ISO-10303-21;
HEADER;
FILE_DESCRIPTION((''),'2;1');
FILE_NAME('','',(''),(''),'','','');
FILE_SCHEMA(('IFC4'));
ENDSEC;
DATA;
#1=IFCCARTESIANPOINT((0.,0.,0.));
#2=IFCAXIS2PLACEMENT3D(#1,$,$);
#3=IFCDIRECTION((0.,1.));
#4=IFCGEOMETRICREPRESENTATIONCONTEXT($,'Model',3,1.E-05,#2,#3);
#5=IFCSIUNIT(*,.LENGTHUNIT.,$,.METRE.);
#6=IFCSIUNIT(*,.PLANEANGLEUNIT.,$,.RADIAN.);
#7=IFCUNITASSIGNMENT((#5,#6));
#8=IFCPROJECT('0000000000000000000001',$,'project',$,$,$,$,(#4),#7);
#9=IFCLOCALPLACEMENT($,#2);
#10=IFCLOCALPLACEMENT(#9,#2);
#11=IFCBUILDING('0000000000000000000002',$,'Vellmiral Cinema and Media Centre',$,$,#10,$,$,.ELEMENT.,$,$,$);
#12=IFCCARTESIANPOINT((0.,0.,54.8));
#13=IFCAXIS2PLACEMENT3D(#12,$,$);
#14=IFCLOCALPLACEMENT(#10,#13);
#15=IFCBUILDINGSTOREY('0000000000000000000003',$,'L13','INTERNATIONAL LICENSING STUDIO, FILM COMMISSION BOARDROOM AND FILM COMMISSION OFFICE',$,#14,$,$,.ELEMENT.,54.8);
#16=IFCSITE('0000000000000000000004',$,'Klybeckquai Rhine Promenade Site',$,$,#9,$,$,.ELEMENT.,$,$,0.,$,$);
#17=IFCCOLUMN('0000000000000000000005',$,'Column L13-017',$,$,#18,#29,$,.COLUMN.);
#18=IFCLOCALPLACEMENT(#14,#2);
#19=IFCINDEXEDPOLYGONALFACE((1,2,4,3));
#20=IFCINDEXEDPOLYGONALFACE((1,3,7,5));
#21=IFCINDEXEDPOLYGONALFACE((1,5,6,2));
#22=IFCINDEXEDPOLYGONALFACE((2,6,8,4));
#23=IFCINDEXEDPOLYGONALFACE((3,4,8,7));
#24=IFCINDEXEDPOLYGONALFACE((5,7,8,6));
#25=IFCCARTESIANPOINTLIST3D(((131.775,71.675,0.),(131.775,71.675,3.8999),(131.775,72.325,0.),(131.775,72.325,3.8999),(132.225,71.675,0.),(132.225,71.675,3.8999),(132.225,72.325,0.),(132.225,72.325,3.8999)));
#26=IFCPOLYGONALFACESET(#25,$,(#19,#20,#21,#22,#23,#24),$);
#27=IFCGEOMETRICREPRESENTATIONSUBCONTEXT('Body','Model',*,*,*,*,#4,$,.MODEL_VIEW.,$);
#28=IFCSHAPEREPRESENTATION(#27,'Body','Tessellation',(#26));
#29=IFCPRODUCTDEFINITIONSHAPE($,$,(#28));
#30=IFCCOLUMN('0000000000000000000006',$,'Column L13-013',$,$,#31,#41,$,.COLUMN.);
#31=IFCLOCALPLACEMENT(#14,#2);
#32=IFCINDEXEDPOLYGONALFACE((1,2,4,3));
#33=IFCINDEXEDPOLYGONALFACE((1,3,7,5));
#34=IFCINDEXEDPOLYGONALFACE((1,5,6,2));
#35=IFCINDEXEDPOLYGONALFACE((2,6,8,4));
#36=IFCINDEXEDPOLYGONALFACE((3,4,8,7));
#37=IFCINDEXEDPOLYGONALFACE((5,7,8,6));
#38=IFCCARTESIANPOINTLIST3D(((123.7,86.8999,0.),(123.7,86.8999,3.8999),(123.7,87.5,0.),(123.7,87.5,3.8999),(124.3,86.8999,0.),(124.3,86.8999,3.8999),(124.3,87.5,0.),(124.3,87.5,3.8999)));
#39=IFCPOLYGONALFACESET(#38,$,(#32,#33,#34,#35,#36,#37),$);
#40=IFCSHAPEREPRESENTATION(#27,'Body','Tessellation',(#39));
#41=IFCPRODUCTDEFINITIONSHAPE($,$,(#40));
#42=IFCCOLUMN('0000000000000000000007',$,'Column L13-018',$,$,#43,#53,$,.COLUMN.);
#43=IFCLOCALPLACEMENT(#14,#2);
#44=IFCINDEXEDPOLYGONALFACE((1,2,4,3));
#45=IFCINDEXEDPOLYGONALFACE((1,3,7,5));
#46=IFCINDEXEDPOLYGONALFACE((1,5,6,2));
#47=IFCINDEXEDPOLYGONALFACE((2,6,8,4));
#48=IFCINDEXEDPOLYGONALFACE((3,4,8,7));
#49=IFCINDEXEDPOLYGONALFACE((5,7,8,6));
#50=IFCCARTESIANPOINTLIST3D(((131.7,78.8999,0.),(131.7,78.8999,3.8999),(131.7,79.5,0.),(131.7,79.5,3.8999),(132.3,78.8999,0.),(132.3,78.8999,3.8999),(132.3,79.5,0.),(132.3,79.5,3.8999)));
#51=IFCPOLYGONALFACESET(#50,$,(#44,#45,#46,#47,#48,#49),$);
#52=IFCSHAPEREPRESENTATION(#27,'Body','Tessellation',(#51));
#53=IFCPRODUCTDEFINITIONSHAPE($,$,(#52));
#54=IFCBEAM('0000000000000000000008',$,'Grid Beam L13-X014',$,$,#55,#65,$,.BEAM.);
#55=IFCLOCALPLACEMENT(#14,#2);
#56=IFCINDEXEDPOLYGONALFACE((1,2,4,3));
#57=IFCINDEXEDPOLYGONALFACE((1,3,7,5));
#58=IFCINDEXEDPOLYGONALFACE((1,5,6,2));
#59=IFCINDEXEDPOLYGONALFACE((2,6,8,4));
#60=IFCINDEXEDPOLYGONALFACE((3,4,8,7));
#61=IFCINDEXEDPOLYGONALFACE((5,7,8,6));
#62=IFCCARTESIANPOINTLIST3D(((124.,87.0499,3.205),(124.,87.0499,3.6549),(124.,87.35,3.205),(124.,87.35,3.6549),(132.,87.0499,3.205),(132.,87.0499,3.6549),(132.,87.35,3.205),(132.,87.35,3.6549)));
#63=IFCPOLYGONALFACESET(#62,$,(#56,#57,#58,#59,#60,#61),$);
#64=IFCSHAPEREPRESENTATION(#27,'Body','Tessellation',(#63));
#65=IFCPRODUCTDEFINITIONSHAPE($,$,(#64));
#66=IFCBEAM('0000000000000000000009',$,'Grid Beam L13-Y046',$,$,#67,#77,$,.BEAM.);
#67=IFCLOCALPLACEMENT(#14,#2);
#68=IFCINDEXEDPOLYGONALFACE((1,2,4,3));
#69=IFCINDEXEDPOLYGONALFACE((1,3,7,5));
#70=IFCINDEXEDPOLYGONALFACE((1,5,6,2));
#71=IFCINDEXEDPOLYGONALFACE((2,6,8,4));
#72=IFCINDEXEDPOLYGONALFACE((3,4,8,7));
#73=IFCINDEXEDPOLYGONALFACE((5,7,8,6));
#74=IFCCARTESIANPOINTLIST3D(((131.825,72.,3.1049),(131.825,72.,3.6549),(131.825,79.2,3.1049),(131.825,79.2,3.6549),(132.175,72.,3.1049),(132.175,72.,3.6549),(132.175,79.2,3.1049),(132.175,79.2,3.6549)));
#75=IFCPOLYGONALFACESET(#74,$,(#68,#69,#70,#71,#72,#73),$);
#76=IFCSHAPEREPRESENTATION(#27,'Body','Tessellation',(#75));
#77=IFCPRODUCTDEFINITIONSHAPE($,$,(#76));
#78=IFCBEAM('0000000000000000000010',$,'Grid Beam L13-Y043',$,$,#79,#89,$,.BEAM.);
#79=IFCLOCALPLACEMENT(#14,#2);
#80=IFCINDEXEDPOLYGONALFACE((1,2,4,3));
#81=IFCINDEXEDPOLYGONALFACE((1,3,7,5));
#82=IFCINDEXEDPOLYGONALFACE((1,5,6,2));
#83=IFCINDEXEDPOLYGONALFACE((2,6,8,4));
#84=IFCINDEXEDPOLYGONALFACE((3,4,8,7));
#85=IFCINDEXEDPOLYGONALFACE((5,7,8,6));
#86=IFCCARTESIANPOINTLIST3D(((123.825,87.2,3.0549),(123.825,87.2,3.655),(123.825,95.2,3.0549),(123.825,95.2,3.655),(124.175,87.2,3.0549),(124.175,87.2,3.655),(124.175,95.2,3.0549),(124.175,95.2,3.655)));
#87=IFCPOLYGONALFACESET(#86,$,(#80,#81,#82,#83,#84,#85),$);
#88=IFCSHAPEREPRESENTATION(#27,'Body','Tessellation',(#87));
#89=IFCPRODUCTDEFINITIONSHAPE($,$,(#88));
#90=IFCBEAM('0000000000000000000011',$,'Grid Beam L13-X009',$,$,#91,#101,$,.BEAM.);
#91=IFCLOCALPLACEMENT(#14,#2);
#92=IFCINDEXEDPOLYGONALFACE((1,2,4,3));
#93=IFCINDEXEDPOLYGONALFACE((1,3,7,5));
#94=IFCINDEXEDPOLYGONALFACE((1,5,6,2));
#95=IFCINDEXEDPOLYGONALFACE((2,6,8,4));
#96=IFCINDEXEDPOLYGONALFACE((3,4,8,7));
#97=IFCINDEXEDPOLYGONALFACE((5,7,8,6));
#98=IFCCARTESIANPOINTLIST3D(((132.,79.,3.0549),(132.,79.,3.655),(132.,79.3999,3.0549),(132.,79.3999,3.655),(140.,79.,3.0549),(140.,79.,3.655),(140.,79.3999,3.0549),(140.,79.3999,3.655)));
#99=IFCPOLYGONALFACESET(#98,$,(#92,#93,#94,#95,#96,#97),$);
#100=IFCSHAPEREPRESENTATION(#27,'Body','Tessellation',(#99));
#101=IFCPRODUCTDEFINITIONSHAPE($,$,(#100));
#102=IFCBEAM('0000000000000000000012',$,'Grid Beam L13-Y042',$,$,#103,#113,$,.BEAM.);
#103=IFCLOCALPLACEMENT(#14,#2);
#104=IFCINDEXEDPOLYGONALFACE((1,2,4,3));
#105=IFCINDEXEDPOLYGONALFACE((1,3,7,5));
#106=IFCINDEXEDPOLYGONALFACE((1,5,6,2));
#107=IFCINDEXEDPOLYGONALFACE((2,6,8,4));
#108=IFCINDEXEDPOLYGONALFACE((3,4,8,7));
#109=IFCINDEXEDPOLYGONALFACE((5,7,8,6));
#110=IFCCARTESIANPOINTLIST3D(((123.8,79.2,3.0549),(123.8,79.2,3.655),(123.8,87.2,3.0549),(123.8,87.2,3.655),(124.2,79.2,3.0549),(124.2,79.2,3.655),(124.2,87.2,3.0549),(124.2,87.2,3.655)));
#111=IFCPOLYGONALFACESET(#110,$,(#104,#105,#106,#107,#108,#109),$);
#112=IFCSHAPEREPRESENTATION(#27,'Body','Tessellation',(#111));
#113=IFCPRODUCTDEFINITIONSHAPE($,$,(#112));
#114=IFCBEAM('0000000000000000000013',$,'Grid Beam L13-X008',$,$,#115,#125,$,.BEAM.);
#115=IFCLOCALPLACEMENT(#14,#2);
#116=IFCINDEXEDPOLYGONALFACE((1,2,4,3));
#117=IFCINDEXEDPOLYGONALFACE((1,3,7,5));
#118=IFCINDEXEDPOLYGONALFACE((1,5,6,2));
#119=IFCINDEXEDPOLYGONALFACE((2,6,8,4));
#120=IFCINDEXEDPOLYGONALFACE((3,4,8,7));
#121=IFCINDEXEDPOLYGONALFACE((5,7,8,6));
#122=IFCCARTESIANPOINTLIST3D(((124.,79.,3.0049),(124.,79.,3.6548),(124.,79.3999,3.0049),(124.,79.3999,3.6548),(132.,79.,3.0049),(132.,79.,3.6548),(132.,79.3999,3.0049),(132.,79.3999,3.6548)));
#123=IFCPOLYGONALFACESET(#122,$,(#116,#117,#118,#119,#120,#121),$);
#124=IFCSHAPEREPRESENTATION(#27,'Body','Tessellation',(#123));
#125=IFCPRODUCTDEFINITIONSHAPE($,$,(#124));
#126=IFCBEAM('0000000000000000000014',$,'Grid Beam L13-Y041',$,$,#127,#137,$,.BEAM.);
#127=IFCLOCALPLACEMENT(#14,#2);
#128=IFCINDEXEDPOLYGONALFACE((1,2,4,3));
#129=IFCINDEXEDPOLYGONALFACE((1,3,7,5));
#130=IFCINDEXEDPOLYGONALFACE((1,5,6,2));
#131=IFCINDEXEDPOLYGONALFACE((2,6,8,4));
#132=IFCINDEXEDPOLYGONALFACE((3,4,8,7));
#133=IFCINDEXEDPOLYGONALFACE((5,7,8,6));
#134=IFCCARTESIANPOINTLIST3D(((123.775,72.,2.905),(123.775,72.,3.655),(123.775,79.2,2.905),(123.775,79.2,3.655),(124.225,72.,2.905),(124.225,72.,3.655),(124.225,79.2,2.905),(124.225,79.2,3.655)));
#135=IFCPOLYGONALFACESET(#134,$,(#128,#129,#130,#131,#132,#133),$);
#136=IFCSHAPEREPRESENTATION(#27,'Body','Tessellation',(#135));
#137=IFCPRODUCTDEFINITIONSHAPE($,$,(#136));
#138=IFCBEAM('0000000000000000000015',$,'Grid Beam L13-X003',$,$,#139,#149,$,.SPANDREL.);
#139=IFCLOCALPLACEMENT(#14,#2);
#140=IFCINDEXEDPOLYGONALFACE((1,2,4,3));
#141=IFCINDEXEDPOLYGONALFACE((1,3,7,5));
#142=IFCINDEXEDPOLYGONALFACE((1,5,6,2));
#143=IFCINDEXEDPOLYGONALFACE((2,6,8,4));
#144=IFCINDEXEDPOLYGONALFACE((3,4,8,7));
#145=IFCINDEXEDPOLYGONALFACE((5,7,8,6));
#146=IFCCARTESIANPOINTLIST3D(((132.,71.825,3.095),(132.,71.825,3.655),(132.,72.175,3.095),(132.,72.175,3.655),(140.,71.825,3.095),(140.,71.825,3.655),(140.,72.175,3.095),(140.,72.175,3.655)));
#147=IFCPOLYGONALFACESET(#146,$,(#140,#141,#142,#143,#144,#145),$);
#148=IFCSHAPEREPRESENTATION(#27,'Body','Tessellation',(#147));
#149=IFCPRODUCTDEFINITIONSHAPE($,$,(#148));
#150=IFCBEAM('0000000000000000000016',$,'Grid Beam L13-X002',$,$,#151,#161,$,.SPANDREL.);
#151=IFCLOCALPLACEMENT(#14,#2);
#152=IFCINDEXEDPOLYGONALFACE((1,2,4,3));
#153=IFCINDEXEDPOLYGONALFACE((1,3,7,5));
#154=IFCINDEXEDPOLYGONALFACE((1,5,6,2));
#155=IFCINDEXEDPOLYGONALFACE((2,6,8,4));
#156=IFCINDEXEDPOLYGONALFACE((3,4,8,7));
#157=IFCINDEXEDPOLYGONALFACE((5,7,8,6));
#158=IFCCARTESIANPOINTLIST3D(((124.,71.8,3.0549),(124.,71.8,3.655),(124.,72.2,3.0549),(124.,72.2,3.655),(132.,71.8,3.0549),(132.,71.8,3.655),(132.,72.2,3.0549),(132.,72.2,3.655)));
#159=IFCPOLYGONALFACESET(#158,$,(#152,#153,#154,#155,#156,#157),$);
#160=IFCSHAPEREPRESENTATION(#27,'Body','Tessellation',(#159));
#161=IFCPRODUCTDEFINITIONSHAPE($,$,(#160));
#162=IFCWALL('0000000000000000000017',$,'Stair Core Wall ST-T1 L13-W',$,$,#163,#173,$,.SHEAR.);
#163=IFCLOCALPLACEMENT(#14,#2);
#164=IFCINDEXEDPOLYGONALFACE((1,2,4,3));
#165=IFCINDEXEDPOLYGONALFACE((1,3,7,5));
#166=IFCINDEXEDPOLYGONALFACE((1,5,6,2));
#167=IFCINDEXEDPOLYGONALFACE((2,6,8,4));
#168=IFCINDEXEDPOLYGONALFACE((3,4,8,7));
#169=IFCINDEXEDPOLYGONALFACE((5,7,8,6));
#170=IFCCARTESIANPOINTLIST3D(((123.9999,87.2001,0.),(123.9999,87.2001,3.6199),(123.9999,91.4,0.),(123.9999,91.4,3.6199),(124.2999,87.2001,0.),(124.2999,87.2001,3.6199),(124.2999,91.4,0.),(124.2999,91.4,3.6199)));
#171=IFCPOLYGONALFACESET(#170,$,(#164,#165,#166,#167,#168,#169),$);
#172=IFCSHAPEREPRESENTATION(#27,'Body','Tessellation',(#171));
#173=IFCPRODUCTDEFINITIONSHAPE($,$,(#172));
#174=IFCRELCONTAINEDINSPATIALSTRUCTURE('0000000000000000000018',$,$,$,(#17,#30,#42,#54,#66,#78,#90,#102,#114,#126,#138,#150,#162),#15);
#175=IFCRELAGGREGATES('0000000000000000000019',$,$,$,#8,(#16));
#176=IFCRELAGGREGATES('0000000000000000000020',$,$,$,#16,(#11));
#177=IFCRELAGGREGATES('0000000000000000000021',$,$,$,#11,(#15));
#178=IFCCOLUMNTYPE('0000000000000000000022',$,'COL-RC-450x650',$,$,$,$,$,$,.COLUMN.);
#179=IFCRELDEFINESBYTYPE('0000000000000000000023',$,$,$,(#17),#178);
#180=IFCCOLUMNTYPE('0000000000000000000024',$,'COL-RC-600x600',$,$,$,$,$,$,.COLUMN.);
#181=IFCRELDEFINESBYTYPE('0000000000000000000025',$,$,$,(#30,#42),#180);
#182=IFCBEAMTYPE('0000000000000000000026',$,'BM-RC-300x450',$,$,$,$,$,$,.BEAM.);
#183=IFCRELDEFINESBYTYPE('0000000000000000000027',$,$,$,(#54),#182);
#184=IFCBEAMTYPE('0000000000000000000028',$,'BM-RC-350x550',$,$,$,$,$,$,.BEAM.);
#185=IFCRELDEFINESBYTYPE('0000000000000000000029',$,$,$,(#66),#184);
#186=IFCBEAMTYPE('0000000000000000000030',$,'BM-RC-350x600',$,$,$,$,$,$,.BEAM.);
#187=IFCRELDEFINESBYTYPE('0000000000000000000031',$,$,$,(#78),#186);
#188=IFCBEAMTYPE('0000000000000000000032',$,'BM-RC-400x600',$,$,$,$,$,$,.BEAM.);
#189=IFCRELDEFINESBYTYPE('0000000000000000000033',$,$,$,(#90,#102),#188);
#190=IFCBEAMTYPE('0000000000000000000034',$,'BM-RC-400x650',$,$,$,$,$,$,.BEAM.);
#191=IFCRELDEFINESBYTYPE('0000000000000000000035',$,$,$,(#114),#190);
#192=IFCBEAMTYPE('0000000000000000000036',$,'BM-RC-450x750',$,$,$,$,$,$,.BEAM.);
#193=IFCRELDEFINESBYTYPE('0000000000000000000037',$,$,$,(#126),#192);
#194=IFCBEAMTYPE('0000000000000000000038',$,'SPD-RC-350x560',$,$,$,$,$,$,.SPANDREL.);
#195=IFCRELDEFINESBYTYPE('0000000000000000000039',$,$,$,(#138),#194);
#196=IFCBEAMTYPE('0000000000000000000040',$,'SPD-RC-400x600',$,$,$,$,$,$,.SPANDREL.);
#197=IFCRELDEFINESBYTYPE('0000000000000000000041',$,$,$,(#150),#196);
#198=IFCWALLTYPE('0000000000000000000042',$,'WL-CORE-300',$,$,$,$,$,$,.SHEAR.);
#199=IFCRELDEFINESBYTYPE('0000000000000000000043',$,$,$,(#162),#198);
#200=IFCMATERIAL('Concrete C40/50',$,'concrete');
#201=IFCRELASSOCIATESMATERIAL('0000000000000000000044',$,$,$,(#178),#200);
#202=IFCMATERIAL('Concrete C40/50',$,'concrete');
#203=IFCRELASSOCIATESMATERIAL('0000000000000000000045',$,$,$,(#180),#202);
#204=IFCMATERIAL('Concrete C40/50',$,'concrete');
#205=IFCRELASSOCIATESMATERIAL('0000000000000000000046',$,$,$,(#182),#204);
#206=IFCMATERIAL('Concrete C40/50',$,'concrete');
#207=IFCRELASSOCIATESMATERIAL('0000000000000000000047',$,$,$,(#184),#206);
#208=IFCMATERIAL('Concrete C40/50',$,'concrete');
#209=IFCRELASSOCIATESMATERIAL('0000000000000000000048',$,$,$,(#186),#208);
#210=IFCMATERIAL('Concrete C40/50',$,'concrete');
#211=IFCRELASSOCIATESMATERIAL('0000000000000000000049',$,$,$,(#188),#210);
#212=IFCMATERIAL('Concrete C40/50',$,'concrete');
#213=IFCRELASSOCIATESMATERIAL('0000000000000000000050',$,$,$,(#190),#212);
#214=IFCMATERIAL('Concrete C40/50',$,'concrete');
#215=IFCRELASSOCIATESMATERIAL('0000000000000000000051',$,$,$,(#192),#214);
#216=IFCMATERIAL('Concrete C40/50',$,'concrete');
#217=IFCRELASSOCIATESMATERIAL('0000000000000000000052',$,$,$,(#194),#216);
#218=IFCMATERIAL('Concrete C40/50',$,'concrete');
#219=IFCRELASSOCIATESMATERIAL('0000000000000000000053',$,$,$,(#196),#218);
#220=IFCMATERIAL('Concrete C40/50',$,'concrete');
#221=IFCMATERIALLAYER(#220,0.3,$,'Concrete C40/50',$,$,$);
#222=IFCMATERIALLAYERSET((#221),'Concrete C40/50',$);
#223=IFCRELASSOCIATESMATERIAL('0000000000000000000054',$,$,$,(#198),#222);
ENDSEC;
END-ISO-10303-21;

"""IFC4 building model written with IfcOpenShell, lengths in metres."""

from ifc_helpers import new_model, si_unit, direction, frame, frame_2d, origin, origin_2d, place, context, subcontext, project, spatial, rectangle, extrude, material, layer, layer_set, material_profile, profile_set, type_object, element, save


model = new_model("IFC4")

# Units and contexts
model_context = context("Model", 3, precision=1e-05, world=origin(), true_north=direction((0.0, 1.0)))
body_context = subcontext(model_context, "Body", "Model", "MODEL_VIEW")
ifc_project = project(units=[si_unit("LENGTHUNIT", "METRE"), si_unit("PLANEANGLEUNIT", "RADIAN")], contexts=[model_context])

# Site, building, storey
site_placement = place(None, origin())
site = spatial("IfcSite", under=ifc_project, at=site_placement, Name="Klybeckquai Rhine Promenade Site", CompositionType="ELEMENT", RefElevation=0.0)
building_placement = place(site_placement, origin())
building = spatial("IfcBuilding", under=site, at=building_placement, Name="Vellmiral Cinema and Media Centre", CompositionType="ELEMENT")
storey_placement = place(building_placement, frame((0.0, 0.0, 54.8)))
storey = spatial("IfcBuildingStorey", under=building, at=storey_placement, Name="L13", Description="INTERNATIONAL LICENSING STUDIO, FILM COMMISSION BOARDROOM AND FILM COMMISSION OFFICE", CompositionType="ELEMENT", Elevation=54.8)

# Columns
ifc_material_1 = material(Name="Concrete C40/50", Category="concrete")
ifc_material_profile_1 = material_profile(ifc_material_1, rectangle(XDim=0.45, YDim=0.6499, at=origin_2d()), Name="RC 450x650")
ifc_profile_set_1 = profile_set([ifc_material_profile_1], Name="Concrete C40/50")
column_type_1 = type_object("IfcColumnType", Name="COL-RC-450x650", PredefinedType="COLUMN", material=ifc_profile_set_1)
column_placement = place(storey_placement, frame((132.0, 72.0, 0.0), z_axis=(0.0, 0.0, 1.0), x_axis=(1.0, 0.0, 0.0)))
element("IfcColumn", 1, at=column_placement, inside=storey, type_object=column_type_1, Name="Column L13-017", PredefinedType="COLUMN", context=body_context, shape_type="SweptSolid", body=[
    extrude(rectangle(XDim=0.45, YDim=0.6499, at=origin_2d()), origin(), (0.0, 0.0, 1.0), 3.8999),
])
ifc_material_2 = material(Name="Concrete C40/50", Category="concrete")
ifc_material_profile_2 = material_profile(ifc_material_2, rectangle(XDim=0.6001, YDim=0.6001, at=origin_2d()), Name="RC 600x600")
ifc_profile_set_2 = profile_set([ifc_material_profile_2], Name="Concrete C40/50")
column_type_2 = type_object("IfcColumnType", Name="COL-RC-600x600", PredefinedType="COLUMN", material=ifc_profile_set_2)
for number, where, z_axis, x_axis, name in (
    (2, (124.0, 87.2, 0.0), (0.0, 0.0, 1.0), (1.0, 0.0, 0.0), "Column L13-013"),
    (3, (132.0, 79.2, 0.0), (0.0, 0.0, 1.0), (1.0, 0.0, 0.0), "Column L13-018"),
):
    element("IfcColumn", number, at=place(storey_placement, frame(where, z_axis=z_axis, x_axis=x_axis)), inside=storey, type_object=column_type_2, Name=name, PredefinedType="COLUMN", context=body_context, shape_type="SweptSolid", body=[
        extrude(rectangle(XDim=0.6001, YDim=0.6001, at=origin_2d()), origin(), (0.0, 0.0, 1.0), 3.8999),
    ])

# Beams
ifc_material_3 = material(Name="Concrete C40/50", Category="concrete")
ifc_material_profile_3 = material_profile(ifc_material_3, rectangle(XDim=0.3, YDim=0.45, at=origin_2d()), Name="RC 300x450")
ifc_profile_set_3 = profile_set([ifc_material_profile_3], Name="Concrete C40/50")
beam_type_1 = type_object("IfcBeamType", Name="BM-RC-300x450", PredefinedType="BEAM", material=ifc_profile_set_3)
beam_1_placement = place(storey_placement, frame((124.0, 87.2, 3.4299), z_axis=(1.0, 0.0, 0.0), x_axis=(0.0, 1.0, 0.0)))
element("IfcBeam", 4, at=beam_1_placement, inside=storey, type_object=beam_type_1, Name="Grid Beam L13-X014", PredefinedType="BEAM", context=body_context, shape_type="SweptSolid", body=[
    extrude(rectangle(XDim=0.3, YDim=0.45, at=origin_2d()), origin(), (0.0, 0.0, 1.0), 8.0),
])
ifc_material_4 = material(Name="Concrete C40/50", Category="concrete")
ifc_material_profile_4 = material_profile(ifc_material_4, rectangle(XDim=0.3501, YDim=0.55, at=origin_2d()), Name="RC 350x550")
ifc_profile_set_4 = profile_set([ifc_material_profile_4], Name="Concrete C40/50")
beam_type_2 = type_object("IfcBeamType", Name="BM-RC-350x550", PredefinedType="BEAM", material=ifc_profile_set_4)
beam_2_placement = place(storey_placement, frame((132.0, 72.0, 3.3799), z_axis=(0.0, 1.0, 0.0), x_axis=(-1.0, 0.0, 0.0)))
element("IfcBeam", 5, at=beam_2_placement, inside=storey, type_object=beam_type_2, Name="Grid Beam L13-Y046", PredefinedType="BEAM", context=body_context, shape_type="SweptSolid", body=[
    extrude(rectangle(XDim=0.3501, YDim=0.55, at=origin_2d()), origin(), (0.0, 0.0, 1.0), 7.2),
])
ifc_material_5 = material(Name="Concrete C40/50", Category="concrete")
ifc_material_profile_5 = material_profile(ifc_material_5, rectangle(XDim=0.3501, YDim=0.6001, at=origin_2d()), Name="RC 350x600")
ifc_profile_set_5 = profile_set([ifc_material_profile_5], Name="Concrete C40/50")
beam_type_3 = type_object("IfcBeamType", Name="BM-RC-350x600", PredefinedType="BEAM", material=ifc_profile_set_5)
beam_3_placement = place(storey_placement, frame((124.0, 87.2, 3.355), z_axis=(0.0, 1.0, 0.0), x_axis=(-1.0, 0.0, 0.0)))
element("IfcBeam", 6, at=beam_3_placement, inside=storey, type_object=beam_type_3, Name="Grid Beam L13-Y043", PredefinedType="BEAM", context=body_context, shape_type="SweptSolid", body=[
    extrude(rectangle(XDim=0.3501, YDim=0.6001, at=origin_2d()), origin(), (0.0, 0.0, 1.0), 8.0),
])
ifc_material_6 = material(Name="Concrete C40/50", Category="concrete")
ifc_material_profile_6 = material_profile(ifc_material_6, rectangle(XDim=0.3999, YDim=0.6001, at=origin_2d()), Name="RC 400x600")
ifc_profile_set_6 = profile_set([ifc_material_profile_6], Name="Concrete C40/50")
beam_type_4 = type_object("IfcBeamType", Name="BM-RC-400x600", PredefinedType="BEAM", material=ifc_profile_set_6)
for number, where, z_axis, x_axis, name in (
    (7, (132.0, 79.2, 3.355), (1.0, 0.0, 0.0), (0.0, 1.0, 0.0), "Grid Beam L13-X009"),
    (8, (124.0, 79.2, 3.355), (0.0, 1.0, 0.0), (-1.0, 0.0, 0.0), "Grid Beam L13-Y042"),
):
    element("IfcBeam", number, at=place(storey_placement, frame(where, z_axis=z_axis, x_axis=x_axis)), inside=storey, type_object=beam_type_4, Name=name, PredefinedType="BEAM", context=body_context, shape_type="SweptSolid", body=[
        extrude(rectangle(XDim=0.3999, YDim=0.6001, at=origin_2d()), origin(), (0.0, 0.0, 1.0), 8.0),
    ])
ifc_material_7 = material(Name="Concrete C40/50", Category="concrete")
ifc_material_profile_7 = material_profile(ifc_material_7, rectangle(XDim=0.3999, YDim=0.6499, at=origin_2d()), Name="RC 400x650")
ifc_profile_set_7 = profile_set([ifc_material_profile_7], Name="Concrete C40/50")
beam_type_5 = type_object("IfcBeamType", Name="BM-RC-400x650", PredefinedType="BEAM", material=ifc_profile_set_7)
beam_4_placement = place(storey_placement, frame((124.0, 79.2, 3.3298), z_axis=(1.0, 0.0, 0.0), x_axis=(0.0, 1.0, 0.0)))
element("IfcBeam", 9, at=beam_4_placement, inside=storey, type_object=beam_type_5, Name="Grid Beam L13-X008", PredefinedType="BEAM", context=body_context, shape_type="SweptSolid", body=[
    extrude(rectangle(XDim=0.3999, YDim=0.6499, at=origin_2d()), origin(), (0.0, 0.0, 1.0), 8.0),
])
ifc_material_8 = material(Name="Concrete C40/50", Category="concrete")
ifc_material_profile_8 = material_profile(ifc_material_8, rectangle(XDim=0.45, YDim=0.75, at=origin_2d()), Name="RC 450x750")
ifc_profile_set_8 = profile_set([ifc_material_profile_8], Name="Concrete C40/50")
beam_type_6 = type_object("IfcBeamType", Name="BM-RC-450x750", PredefinedType="BEAM", material=ifc_profile_set_8)
beam_5_placement = place(storey_placement, frame((124.0, 72.0, 3.28), z_axis=(0.0, 1.0, 0.0), x_axis=(-1.0, 0.0, 0.0)))
element("IfcBeam", 10, at=beam_5_placement, inside=storey, type_object=beam_type_6, Name="Grid Beam L13-Y041", PredefinedType="BEAM", context=body_context, shape_type="SweptSolid", body=[
    extrude(rectangle(XDim=0.45, YDim=0.75, at=origin_2d()), origin(), (0.0, 0.0, 1.0), 7.2),
])
ifc_material_9 = material(Name="Concrete C40/50", Category="concrete")
ifc_material_profile_9 = material_profile(ifc_material_9, rectangle(XDim=0.3501, YDim=0.5601, at=origin_2d()), Name="RC 350x560")
ifc_profile_set_9 = profile_set([ifc_material_profile_9], Name="Concrete C40/50")
beam_type_7 = type_object("IfcBeamType", Name="SPD-RC-350x560", PredefinedType="SPANDREL", material=ifc_profile_set_9)
beam_6_placement = place(storey_placement, frame((132.0, 72.0, 3.375), z_axis=(1.0, 0.0, 0.0), x_axis=(0.0, 1.0, 0.0)))
element("IfcBeam", 11, at=beam_6_placement, inside=storey, type_object=beam_type_7, Name="Grid Beam L13-X003", PredefinedType="SPANDREL", context=body_context, shape_type="SweptSolid", body=[
    extrude(rectangle(XDim=0.3501, YDim=0.5601, at=origin_2d()), origin(), (0.0, 0.0, 1.0), 8.0),
])
ifc_material_10 = material(Name="Concrete C40/50", Category="concrete")
ifc_material_profile_10 = material_profile(ifc_material_10, rectangle(XDim=0.3999, YDim=0.6001, at=origin_2d()), Name="RC 400x600")
ifc_profile_set_10 = profile_set([ifc_material_profile_10], Name="Concrete C40/50")
beam_type_8 = type_object("IfcBeamType", Name="SPD-RC-400x600", PredefinedType="SPANDREL", material=ifc_profile_set_10)
beam_7_placement = place(storey_placement, frame((124.0, 72.0, 3.355), z_axis=(1.0, 0.0, 0.0), x_axis=(0.0, 1.0, 0.0)))
element("IfcBeam", 12, at=beam_7_placement, inside=storey, type_object=beam_type_8, Name="Grid Beam L13-X002", PredefinedType="SPANDREL", context=body_context, shape_type="SweptSolid", body=[
    extrude(rectangle(XDim=0.3999, YDim=0.6001, at=origin_2d()), origin(), (0.0, 0.0, 1.0), 8.0),
])

# Wall
ifc_material_11 = material(Name="Concrete C40/50", Category="concrete")
ifc_layer_1 = layer(ifc_material_11, 0.3, Name="Concrete C40/50")
ifc_layer_set_1 = layer_set([ifc_layer_1], Name="Concrete C40/50")
wall_type_1 = type_object("IfcWallType", Name="WL-CORE-300", PredefinedType="SHEAR", material=ifc_layer_set_1)
for number, where, z_axis, x_axis, name in (
    (13, (124.1499, 87.2, 0.0), (0.0, 0.0, 1.0), (0.0, 1.0, 0.0), "Stair Core Wall ST-T1 L13-W"),
):
    element("IfcWall", number, at=place(storey_placement, frame(where, z_axis=z_axis, x_axis=x_axis)), inside=storey, type_object=wall_type_1, Name=name, PredefinedType="SHEAR", context=body_context, shape_type="SweptSolid", body=[
        extrude(rectangle(XDim=4.2, YDim=0.3, at=frame_2d((2.1001, 0.0))), origin(), (0.0, 0.0, 1.0), 3.6199),
    ])

save(model, "model.ifc")
